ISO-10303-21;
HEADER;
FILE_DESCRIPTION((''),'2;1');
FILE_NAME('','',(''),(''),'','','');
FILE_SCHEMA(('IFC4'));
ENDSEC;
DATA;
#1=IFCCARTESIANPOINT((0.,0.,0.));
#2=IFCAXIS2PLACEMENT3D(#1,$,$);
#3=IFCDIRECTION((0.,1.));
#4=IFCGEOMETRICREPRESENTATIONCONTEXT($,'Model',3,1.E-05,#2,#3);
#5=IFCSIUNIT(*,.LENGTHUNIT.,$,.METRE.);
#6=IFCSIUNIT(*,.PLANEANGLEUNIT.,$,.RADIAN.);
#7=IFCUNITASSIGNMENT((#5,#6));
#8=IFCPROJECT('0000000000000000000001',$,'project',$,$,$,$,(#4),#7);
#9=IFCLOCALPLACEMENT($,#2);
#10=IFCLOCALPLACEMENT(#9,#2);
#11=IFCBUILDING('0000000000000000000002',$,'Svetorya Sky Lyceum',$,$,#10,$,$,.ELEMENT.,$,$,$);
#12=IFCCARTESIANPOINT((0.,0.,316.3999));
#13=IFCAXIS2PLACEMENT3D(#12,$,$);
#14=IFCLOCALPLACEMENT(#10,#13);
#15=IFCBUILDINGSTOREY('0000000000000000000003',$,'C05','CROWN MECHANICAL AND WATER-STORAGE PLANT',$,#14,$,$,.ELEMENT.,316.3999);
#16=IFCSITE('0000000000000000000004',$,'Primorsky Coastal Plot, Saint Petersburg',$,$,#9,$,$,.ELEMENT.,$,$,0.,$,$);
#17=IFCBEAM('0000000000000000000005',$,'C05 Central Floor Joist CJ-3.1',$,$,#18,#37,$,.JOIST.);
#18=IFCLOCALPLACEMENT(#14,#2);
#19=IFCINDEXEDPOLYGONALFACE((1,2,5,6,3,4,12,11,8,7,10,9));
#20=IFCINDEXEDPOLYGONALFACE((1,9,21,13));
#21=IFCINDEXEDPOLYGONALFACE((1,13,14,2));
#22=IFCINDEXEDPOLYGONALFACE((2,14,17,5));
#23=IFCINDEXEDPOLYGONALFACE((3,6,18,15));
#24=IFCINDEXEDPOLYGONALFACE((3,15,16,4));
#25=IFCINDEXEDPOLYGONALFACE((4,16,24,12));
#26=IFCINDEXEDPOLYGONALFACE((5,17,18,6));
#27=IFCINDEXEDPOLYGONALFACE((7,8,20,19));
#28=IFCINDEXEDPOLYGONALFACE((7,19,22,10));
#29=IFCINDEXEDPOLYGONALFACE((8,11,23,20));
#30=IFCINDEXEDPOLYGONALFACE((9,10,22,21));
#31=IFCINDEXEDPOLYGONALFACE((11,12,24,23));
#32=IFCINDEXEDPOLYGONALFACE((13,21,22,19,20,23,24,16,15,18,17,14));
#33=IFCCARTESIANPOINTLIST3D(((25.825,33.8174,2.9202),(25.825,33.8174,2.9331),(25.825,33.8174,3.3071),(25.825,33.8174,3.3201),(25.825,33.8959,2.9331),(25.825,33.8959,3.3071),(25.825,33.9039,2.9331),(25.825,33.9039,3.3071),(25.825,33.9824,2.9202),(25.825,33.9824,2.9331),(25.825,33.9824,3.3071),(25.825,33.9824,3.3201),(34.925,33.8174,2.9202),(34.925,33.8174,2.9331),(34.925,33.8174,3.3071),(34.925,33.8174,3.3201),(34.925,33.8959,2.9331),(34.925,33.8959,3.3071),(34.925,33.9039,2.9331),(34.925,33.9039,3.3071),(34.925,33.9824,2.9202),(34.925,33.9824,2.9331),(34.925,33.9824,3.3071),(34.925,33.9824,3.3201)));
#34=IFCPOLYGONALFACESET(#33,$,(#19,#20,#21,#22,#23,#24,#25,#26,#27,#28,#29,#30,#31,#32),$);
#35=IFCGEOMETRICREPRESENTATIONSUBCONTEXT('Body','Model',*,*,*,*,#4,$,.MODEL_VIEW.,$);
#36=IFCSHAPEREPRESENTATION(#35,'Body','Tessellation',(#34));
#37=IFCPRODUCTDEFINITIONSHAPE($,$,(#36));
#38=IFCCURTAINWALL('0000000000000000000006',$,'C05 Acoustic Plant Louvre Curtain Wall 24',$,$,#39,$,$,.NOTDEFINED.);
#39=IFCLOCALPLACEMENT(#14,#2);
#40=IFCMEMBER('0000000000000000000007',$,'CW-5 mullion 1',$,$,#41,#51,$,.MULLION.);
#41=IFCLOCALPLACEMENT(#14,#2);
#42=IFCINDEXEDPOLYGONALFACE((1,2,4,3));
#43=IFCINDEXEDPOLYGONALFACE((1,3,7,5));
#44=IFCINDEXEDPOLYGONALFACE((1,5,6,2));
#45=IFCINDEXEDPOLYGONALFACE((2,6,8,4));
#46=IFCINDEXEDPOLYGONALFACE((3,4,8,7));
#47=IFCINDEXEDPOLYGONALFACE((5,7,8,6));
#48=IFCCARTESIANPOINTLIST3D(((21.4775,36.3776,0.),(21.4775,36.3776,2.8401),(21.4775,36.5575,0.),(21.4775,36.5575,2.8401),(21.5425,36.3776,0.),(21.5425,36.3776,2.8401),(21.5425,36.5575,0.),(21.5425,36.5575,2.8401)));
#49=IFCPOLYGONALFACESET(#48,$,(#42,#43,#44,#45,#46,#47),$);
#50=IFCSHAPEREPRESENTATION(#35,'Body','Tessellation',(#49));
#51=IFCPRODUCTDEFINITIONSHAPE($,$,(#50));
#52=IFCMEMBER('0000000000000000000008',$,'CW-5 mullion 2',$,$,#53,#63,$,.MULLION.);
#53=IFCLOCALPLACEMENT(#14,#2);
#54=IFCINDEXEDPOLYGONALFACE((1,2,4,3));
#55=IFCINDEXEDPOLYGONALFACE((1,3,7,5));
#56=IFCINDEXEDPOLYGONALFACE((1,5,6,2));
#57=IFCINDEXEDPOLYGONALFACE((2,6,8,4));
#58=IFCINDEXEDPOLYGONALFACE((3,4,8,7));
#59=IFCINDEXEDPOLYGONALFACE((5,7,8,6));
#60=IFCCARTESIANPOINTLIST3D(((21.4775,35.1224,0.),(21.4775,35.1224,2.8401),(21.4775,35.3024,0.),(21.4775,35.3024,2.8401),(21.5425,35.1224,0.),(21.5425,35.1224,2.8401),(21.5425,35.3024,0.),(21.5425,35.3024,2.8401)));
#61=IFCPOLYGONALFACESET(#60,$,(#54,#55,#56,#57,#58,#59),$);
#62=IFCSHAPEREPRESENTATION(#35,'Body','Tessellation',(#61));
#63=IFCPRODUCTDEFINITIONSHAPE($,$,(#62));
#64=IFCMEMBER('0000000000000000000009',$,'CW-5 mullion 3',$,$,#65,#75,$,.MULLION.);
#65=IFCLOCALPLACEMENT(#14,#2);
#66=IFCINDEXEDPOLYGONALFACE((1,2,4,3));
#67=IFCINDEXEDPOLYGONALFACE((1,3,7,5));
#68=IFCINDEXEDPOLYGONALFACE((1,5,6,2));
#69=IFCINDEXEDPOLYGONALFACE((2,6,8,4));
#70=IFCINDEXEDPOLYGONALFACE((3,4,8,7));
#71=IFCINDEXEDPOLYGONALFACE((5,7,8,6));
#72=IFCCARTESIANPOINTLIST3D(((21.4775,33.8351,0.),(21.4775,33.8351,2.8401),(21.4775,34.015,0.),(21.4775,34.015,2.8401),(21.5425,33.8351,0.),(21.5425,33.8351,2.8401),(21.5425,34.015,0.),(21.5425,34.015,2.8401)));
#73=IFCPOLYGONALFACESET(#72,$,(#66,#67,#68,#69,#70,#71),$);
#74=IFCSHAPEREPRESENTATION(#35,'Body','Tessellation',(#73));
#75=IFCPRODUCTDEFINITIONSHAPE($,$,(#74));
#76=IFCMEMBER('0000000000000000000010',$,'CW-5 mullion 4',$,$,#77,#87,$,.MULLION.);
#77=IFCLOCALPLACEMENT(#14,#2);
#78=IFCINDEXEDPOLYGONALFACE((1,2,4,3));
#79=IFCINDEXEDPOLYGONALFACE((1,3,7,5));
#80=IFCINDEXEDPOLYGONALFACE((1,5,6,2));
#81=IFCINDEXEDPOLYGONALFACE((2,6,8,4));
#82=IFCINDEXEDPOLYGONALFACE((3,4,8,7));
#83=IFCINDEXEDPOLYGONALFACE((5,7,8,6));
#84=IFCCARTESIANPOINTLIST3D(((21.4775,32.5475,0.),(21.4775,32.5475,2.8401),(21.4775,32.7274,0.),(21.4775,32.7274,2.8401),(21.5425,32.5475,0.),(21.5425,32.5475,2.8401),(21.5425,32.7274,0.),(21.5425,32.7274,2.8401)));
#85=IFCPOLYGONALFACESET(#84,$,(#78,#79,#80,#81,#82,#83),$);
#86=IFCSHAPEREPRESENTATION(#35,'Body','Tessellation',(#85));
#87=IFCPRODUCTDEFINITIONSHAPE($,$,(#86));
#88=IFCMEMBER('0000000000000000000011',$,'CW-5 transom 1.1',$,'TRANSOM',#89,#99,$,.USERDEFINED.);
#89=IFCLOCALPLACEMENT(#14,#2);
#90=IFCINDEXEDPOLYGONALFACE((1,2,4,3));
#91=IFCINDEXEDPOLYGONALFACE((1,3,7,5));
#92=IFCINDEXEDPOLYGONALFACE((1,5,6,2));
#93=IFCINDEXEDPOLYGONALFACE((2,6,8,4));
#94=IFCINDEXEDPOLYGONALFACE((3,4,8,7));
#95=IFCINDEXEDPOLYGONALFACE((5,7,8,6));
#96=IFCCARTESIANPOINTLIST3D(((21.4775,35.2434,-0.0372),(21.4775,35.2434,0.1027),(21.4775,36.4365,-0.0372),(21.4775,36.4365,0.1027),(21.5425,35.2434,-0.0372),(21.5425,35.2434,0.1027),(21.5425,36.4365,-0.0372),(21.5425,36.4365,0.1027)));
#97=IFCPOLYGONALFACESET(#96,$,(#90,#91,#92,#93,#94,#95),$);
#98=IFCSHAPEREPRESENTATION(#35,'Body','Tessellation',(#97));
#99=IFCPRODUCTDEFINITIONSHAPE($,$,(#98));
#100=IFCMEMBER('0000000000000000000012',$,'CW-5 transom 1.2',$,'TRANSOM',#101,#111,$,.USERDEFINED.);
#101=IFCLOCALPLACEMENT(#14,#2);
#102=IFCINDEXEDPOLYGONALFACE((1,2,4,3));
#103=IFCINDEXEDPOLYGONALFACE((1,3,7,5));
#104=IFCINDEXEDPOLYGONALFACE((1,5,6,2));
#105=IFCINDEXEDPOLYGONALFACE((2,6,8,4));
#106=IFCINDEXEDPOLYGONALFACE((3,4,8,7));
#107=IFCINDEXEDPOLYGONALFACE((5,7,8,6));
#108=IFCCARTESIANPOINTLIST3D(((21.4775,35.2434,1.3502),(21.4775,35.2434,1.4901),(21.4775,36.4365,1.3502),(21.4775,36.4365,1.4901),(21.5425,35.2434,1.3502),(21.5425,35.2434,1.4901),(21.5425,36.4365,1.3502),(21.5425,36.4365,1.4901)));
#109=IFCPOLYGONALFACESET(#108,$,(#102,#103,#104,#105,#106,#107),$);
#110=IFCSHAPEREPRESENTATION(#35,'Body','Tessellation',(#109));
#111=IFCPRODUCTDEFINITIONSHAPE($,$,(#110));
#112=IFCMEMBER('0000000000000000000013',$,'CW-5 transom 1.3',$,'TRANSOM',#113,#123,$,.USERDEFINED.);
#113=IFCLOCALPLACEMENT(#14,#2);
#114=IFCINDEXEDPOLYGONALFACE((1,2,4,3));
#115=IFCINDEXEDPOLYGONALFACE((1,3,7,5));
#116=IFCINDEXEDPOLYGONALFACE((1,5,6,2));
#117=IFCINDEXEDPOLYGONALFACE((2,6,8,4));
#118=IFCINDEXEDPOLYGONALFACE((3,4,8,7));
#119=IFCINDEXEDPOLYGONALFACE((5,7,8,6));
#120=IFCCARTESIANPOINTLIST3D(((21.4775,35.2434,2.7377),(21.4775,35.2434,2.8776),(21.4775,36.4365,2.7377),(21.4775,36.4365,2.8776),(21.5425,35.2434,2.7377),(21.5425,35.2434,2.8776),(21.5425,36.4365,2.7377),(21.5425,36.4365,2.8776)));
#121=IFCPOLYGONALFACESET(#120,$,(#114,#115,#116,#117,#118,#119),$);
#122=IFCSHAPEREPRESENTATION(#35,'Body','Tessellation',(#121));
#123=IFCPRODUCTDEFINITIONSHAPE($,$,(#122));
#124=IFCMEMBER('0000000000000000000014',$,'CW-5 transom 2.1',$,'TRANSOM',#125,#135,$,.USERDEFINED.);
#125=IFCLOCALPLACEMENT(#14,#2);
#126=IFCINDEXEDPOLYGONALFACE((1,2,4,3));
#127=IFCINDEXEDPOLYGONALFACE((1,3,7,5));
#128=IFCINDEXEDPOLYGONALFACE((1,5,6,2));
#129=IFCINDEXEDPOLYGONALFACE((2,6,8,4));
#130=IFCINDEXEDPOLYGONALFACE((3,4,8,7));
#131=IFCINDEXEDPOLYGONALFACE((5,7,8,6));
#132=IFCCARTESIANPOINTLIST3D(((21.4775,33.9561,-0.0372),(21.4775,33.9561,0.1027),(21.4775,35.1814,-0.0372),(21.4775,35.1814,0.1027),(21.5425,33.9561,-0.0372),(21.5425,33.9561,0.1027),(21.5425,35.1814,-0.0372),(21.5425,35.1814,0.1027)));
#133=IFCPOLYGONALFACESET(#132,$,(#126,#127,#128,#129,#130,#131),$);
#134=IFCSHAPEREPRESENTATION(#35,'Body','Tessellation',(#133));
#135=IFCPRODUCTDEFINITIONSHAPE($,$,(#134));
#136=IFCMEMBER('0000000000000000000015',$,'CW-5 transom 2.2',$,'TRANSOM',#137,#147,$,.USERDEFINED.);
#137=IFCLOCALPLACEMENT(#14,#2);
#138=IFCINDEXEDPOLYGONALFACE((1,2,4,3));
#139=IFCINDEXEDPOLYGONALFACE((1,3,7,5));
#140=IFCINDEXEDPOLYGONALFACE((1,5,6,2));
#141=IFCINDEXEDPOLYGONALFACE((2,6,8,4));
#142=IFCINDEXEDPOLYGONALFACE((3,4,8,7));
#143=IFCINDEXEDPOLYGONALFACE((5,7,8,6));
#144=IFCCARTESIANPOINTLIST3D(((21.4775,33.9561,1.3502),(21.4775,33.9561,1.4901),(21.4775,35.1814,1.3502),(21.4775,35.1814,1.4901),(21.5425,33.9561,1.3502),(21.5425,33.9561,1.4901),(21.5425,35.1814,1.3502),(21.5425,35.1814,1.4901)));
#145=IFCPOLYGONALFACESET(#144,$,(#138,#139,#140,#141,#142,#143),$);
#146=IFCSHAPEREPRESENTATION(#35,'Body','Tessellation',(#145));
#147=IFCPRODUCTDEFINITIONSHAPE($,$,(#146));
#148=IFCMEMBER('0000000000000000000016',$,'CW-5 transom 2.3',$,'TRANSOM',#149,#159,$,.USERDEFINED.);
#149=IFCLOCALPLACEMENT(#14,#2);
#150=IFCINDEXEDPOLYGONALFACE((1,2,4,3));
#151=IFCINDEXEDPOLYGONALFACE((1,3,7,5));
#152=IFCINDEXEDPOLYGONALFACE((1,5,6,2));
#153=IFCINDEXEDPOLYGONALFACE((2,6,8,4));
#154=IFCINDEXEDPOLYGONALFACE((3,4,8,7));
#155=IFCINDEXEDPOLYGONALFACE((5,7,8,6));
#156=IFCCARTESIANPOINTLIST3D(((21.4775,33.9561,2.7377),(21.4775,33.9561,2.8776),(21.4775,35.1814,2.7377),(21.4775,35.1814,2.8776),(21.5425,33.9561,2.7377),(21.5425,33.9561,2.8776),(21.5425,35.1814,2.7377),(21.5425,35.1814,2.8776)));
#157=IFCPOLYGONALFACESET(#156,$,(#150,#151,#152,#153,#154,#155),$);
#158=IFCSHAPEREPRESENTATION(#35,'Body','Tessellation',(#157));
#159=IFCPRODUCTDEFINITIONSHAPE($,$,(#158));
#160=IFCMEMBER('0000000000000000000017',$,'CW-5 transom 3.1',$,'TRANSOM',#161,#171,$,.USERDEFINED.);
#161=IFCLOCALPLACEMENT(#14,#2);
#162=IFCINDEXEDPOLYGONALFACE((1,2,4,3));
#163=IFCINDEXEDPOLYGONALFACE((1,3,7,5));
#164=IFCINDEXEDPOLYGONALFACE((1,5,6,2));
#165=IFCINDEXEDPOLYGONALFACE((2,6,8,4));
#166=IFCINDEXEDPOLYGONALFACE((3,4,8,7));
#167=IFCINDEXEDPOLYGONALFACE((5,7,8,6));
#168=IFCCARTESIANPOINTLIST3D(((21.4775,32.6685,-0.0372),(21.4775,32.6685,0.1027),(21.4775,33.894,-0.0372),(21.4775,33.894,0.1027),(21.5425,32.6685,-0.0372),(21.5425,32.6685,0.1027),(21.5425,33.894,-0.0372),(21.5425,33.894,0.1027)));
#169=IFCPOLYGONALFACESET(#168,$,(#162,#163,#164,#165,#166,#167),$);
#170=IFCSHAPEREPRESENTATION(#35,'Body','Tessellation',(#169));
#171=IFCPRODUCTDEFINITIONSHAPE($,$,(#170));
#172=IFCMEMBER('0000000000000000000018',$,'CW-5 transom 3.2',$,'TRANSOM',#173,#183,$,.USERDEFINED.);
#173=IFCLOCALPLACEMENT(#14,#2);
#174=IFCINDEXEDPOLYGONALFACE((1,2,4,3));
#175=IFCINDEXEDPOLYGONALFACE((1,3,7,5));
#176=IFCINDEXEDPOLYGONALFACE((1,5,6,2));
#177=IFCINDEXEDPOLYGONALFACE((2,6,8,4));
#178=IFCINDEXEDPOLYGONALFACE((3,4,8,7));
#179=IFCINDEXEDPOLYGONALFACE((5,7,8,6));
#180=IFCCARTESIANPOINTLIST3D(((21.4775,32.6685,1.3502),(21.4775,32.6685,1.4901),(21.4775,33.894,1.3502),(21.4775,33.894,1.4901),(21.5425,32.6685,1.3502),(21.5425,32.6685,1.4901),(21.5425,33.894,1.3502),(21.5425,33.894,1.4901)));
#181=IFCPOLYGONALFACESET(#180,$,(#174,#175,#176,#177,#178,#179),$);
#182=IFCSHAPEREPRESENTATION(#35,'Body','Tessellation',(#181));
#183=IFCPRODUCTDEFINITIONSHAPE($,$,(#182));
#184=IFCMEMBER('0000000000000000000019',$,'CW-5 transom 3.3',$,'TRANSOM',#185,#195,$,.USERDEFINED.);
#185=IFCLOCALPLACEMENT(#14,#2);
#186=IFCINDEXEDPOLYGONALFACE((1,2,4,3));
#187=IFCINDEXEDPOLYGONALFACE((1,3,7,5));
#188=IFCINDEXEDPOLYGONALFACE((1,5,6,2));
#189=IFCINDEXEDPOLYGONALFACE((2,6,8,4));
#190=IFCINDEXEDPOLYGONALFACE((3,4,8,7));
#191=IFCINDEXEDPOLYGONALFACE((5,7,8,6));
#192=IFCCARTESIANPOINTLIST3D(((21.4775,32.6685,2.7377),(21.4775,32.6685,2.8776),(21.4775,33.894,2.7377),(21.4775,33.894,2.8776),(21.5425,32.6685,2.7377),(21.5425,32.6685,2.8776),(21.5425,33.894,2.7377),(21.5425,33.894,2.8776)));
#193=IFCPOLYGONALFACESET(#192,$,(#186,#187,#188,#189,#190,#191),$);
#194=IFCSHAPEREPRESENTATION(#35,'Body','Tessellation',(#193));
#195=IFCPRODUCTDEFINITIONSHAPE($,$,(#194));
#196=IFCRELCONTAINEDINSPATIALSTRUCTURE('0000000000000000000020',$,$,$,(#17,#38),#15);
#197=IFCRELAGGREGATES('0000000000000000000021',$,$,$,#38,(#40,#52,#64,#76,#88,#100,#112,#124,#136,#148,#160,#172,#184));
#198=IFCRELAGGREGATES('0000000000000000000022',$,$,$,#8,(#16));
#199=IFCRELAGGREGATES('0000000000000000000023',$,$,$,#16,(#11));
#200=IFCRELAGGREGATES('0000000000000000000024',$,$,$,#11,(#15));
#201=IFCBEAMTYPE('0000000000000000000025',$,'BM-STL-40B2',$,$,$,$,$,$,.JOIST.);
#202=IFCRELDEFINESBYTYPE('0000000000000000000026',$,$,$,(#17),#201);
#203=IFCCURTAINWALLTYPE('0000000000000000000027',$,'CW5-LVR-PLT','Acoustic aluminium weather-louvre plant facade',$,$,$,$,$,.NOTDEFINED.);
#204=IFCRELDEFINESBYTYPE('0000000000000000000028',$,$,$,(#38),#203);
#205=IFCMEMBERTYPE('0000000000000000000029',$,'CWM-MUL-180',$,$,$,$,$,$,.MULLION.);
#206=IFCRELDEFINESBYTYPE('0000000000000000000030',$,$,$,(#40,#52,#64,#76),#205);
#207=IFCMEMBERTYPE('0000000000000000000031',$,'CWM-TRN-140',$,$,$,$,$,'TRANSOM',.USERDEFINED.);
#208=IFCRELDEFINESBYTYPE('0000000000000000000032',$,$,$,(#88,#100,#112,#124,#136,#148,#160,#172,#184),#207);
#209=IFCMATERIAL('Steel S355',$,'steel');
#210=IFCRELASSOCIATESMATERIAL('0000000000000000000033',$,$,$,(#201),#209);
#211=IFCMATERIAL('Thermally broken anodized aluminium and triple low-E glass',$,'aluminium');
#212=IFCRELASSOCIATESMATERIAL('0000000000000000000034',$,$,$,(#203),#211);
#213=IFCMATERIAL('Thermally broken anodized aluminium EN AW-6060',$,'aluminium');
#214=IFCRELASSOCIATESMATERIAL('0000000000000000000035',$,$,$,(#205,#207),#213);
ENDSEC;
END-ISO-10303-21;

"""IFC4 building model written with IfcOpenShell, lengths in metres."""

from ifc_helpers import new_model, si_unit, direction, frame, origin, origin_2d, place, context, subcontext, project, spatial, rectangle, i_section, extrude, material, material_profile, profile_set, type_object, element, aggregate, save


model = new_model("IFC4")

# Units and contexts
model_context = context("Model", 3, precision=1e-05, world=origin(), true_north=direction((0.0, 1.0)))
body_context = subcontext(model_context, "Body", "Model", "MODEL_VIEW")
ifc_project = project(units=[si_unit("LENGTHUNIT", "METRE"), si_unit("PLANEANGLEUNIT", "RADIAN")], contexts=[model_context])

# Site, building, storey
site_placement = place(None, origin())
site = spatial("IfcSite", under=ifc_project, at=site_placement, Name="Primorsky Coastal Plot, Saint Petersburg", CompositionType="ELEMENT", RefElevation=0.0)
building_placement = place(site_placement, origin())
building = spatial("IfcBuilding", under=site, at=building_placement, Name="Svetorya Sky Lyceum", CompositionType="ELEMENT")
storey_placement = place(building_placement, frame((0.0, 0.0, 316.3999)))
storey = spatial("IfcBuildingStorey", under=building, at=storey_placement, Name="C05", Description="CROWN MECHANICAL AND WATER-STORAGE PLANT", CompositionType="ELEMENT", Elevation=316.3999)

# Beam
ifc_material_1 = material(Name="Steel S355", Category="steel")
ifc_material_profile_1 = material_profile(ifc_material_1, i_section(OverallWidth=0.165, OverallDepth=0.3999, WebThickness=0.0081, FlangeThickness=0.0129, at=origin_2d()), Name="GOST 40B2")
ifc_profile_set_1 = profile_set([ifc_material_profile_1], Name="Steel S355")
beam_type = type_object("IfcBeamType", Name="BM-STL-40B2", PredefinedType="JOIST", material=ifc_profile_set_1)
beam_placement = place(storey_placement, frame((25.825, 33.8999, 3.1201), z_axis=(1.0, 0.0, 0.0), x_axis=(0.0, 1.0, 0.0)))
element("IfcBeam", 1, at=beam_placement, inside=storey, type_object=beam_type, Name="C05 Central Floor Joist CJ-3.1", PredefinedType="JOIST", context=body_context, shape_type="SweptSolid", body=[
    extrude(i_section(OverallWidth=0.165, OverallDepth=0.3999, WebThickness=0.0081, FlangeThickness=0.0129, at=origin_2d()), origin(), (0.0, 0.0, 1.0), 9.1001),
])

# Curtain wall, members
ifc_material_2 = material(Name="Thermally broken anodized aluminium and triple low-E glass", Category="aluminium")
curtain_wall_type = type_object("IfcCurtainWallType", Name="CW5-LVR-PLT", Description="Acoustic aluminium weather-louvre plant facade", PredefinedType="NOTDEFINED", material=ifc_material_2)
curtain_wall_placement = place(storey_placement, origin())
curtain_wall = element("IfcCurtainWall", 2, at=curtain_wall_placement, inside=storey, type_object=curtain_wall_type, Name="C05 Acoustic Plant Louvre Curtain Wall 24", PredefinedType="NOTDEFINED")
ifc_material_3 = material(Name="Thermally broken anodized aluminium EN AW-6060", Category="aluminium")
ifc_material_profile_2 = material_profile(ifc_material_3, rectangle(XDim=0.0649, YDim=0.1799, at=origin_2d()), Name="ALU MULLION 65x180")
ifc_profile_set_2 = profile_set([ifc_material_profile_2], Name="Thermally broken anodized aluminium EN AW-6060")
member_type_1 = type_object("IfcMemberType", Name="CWM-MUL-180", PredefinedType="MULLION", material=ifc_profile_set_2)
member_1_placement = place(storey_placement, frame((21.51, 36.4675, 0.0), z_axis=(0.0, 0.0, 1.0), x_axis=(1.0, 0.0, 0.0)))
member_1 = element("IfcMember", 3, at=member_1_placement, type_object=member_type_1, Name="CW-5 mullion 1", PredefinedType="MULLION", context=body_context, shape_type="SweptSolid", body=[
    extrude(rectangle(XDim=0.0649, YDim=0.1799, at=origin_2d()), origin(), (0.0, 0.0, 1.0), 2.8401),
])
member_2_placement = place(storey_placement, frame((21.51, 35.2124, 0.0), z_axis=(0.0, 0.0, 1.0), x_axis=(1.0, 0.0, 0.0)))
member_2 = element("IfcMember", 4, at=member_2_placement, type_object=member_type_1, Name="CW-5 mullion 2", PredefinedType="MULLION", context=body_context, shape_type="SweptSolid", body=[
    extrude(rectangle(XDim=0.0649, YDim=0.1799, at=origin_2d()), origin(), (0.0, 0.0, 1.0), 2.8401),
])
member_3_placement = place(storey_placement, frame((21.51, 33.925, 0.0), z_axis=(0.0, 0.0, 1.0), x_axis=(1.0, 0.0, 0.0)))
member_3 = element("IfcMember", 5, at=member_3_placement, type_object=member_type_1, Name="CW-5 mullion 3", PredefinedType="MULLION", context=body_context, shape_type="SweptSolid", body=[
    extrude(rectangle(XDim=0.0649, YDim=0.1799, at=origin_2d()), origin(), (0.0, 0.0, 1.0), 2.8401),
])
member_4_placement = place(storey_placement, frame((21.51, 32.6375, 0.0), z_axis=(0.0, 0.0, 1.0), x_axis=(1.0, 0.0, 0.0)))
member_4 = element("IfcMember", 6, at=member_4_placement, type_object=member_type_1, Name="CW-5 mullion 4", PredefinedType="MULLION", context=body_context, shape_type="SweptSolid", body=[
    extrude(rectangle(XDim=0.0649, YDim=0.1799, at=origin_2d()), origin(), (0.0, 0.0, 1.0), 2.8401),
])
ifc_material_profile_3 = material_profile(ifc_material_3, rectangle(XDim=0.0649, YDim=0.1399, at=origin_2d()), Name="ALU TRANSOM 65x140")
ifc_profile_set_3 = profile_set([ifc_material_profile_3], Name="Thermally broken anodized aluminium EN AW-6060")
member_type_2 = type_object("IfcMemberType", Name="CWM-TRN-140", ElementType="TRANSOM", PredefinedType="USERDEFINED", material=ifc_profile_set_3)
member_5_placement = place(storey_placement, frame((21.51, 36.4365, 0.0327), z_axis=(0.0, -1.0, 0.0), x_axis=(1.0, 0.0, 0.0)))
member_5 = element("IfcMember", 7, at=member_5_placement, type_object=member_type_2, Name="CW-5 transom 1.1", ObjectType="TRANSOM", PredefinedType="USERDEFINED", context=body_context, shape_type="SweptSolid", body=[
    extrude(rectangle(XDim=0.0649, YDim=0.1399, at=origin_2d()), origin(), (0.0, 0.0, 1.0), 1.1931),
])
member_6_placement = place(storey_placement, frame((21.51, 36.4365, 1.4202), z_axis=(0.0, -1.0, 0.0), x_axis=(1.0, 0.0, 0.0)))
member_6 = element("IfcMember", 8, at=member_6_placement, type_object=member_type_2, Name="CW-5 transom 1.2", ObjectType="TRANSOM", PredefinedType="USERDEFINED", context=body_context, shape_type="SweptSolid", body=[
    extrude(rectangle(XDim=0.0649, YDim=0.1399, at=origin_2d()), origin(), (0.0, 0.0, 1.0), 1.1931),
])
member_7_placement = place(storey_placement, frame((21.51, 36.4365, 2.8076), z_axis=(0.0, -1.0, 0.0), x_axis=(1.0, 0.0, 0.0)))
member_7 = element("IfcMember", 9, at=member_7_placement, type_object=member_type_2, Name="CW-5 transom 1.3", ObjectType="TRANSOM", PredefinedType="USERDEFINED", context=body_context, shape_type="SweptSolid", body=[
    extrude(rectangle(XDim=0.0649, YDim=0.1399, at=origin_2d()), origin(), (0.0, 0.0, 1.0), 1.1931),
])
member_8_placement = place(storey_placement, frame((21.51, 35.1814, 0.0327), z_axis=(0.0, -1.0, 0.0), x_axis=(1.0, 0.0, 0.0)))
member_8 = element("IfcMember", 10, at=member_8_placement, type_object=member_type_2, Name="CW-5 transom 2.1", ObjectType="TRANSOM", PredefinedType="USERDEFINED", context=body_context, shape_type="SweptSolid", body=[
    extrude(rectangle(XDim=0.0649, YDim=0.1399, at=origin_2d()), origin(), (0.0, 0.0, 1.0), 1.2253),
])
member_9_placement = place(storey_placement, frame((21.51, 35.1814, 1.4202), z_axis=(0.0, -1.0, 0.0), x_axis=(1.0, 0.0, 0.0)))
member_9 = element("IfcMember", 11, at=member_9_placement, type_object=member_type_2, Name="CW-5 transom 2.2", ObjectType="TRANSOM", PredefinedType="USERDEFINED", context=body_context, shape_type="SweptSolid", body=[
    extrude(rectangle(XDim=0.0649, YDim=0.1399, at=origin_2d()), origin(), (0.0, 0.0, 1.0), 1.2253),
])
member_10_placement = place(storey_placement, frame((21.51, 35.1814, 2.8076), z_axis=(0.0, -1.0, 0.0), x_axis=(1.0, 0.0, 0.0)))
member_10 = element("IfcMember", 12, at=member_10_placement, type_object=member_type_2, Name="CW-5 transom 2.3", ObjectType="TRANSOM", PredefinedType="USERDEFINED", context=body_context, shape_type="SweptSolid", body=[
    extrude(rectangle(XDim=0.0649, YDim=0.1399, at=origin_2d()), origin(), (0.0, 0.0, 1.0), 1.2253),
])
member_11_placement = place(storey_placement, frame((21.51, 33.894, 0.0327), z_axis=(0.0, -1.0, 0.0), x_axis=(1.0, 0.0, 0.0)))
member_11 = element("IfcMember", 13, at=member_11_placement, type_object=member_type_2, Name="CW-5 transom 3.1", ObjectType="TRANSOM", PredefinedType="USERDEFINED", context=body_context, shape_type="SweptSolid", body=[
    extrude(rectangle(XDim=0.0649, YDim=0.1399, at=origin_2d()), origin(), (0.0, 0.0, 1.0), 1.2256),
])
member_12_placement = place(storey_placement, frame((21.51, 33.894, 1.4202), z_axis=(0.0, -1.0, 0.0), x_axis=(1.0, 0.0, 0.0)))
member_12 = element("IfcMember", 14, at=member_12_placement, type_object=member_type_2, Name="CW-5 transom 3.2", ObjectType="TRANSOM", PredefinedType="USERDEFINED", context=body_context, shape_type="SweptSolid", body=[
    extrude(rectangle(XDim=0.0649, YDim=0.1399, at=origin_2d()), origin(), (0.0, 0.0, 1.0), 1.2256),
])
member_13_placement = place(storey_placement, frame((21.51, 33.894, 2.8076), z_axis=(0.0, -1.0, 0.0), x_axis=(1.0, 0.0, 0.0)))
member_13 = element("IfcMember", 15, at=member_13_placement, type_object=member_type_2, Name="CW-5 transom 3.3", ObjectType="TRANSOM", PredefinedType="USERDEFINED", context=body_context, shape_type="SweptSolid", body=[
    extrude(rectangle(XDim=0.0649, YDim=0.1399, at=origin_2d()), origin(), (0.0, 0.0, 1.0), 1.2256),
])
aggregate(curtain_wall, [member_1, member_2, member_3, member_4, member_5, member_6, member_7, member_8, member_9, member_10, member_11, member_12, member_13])

save(model, "model.ifc")
